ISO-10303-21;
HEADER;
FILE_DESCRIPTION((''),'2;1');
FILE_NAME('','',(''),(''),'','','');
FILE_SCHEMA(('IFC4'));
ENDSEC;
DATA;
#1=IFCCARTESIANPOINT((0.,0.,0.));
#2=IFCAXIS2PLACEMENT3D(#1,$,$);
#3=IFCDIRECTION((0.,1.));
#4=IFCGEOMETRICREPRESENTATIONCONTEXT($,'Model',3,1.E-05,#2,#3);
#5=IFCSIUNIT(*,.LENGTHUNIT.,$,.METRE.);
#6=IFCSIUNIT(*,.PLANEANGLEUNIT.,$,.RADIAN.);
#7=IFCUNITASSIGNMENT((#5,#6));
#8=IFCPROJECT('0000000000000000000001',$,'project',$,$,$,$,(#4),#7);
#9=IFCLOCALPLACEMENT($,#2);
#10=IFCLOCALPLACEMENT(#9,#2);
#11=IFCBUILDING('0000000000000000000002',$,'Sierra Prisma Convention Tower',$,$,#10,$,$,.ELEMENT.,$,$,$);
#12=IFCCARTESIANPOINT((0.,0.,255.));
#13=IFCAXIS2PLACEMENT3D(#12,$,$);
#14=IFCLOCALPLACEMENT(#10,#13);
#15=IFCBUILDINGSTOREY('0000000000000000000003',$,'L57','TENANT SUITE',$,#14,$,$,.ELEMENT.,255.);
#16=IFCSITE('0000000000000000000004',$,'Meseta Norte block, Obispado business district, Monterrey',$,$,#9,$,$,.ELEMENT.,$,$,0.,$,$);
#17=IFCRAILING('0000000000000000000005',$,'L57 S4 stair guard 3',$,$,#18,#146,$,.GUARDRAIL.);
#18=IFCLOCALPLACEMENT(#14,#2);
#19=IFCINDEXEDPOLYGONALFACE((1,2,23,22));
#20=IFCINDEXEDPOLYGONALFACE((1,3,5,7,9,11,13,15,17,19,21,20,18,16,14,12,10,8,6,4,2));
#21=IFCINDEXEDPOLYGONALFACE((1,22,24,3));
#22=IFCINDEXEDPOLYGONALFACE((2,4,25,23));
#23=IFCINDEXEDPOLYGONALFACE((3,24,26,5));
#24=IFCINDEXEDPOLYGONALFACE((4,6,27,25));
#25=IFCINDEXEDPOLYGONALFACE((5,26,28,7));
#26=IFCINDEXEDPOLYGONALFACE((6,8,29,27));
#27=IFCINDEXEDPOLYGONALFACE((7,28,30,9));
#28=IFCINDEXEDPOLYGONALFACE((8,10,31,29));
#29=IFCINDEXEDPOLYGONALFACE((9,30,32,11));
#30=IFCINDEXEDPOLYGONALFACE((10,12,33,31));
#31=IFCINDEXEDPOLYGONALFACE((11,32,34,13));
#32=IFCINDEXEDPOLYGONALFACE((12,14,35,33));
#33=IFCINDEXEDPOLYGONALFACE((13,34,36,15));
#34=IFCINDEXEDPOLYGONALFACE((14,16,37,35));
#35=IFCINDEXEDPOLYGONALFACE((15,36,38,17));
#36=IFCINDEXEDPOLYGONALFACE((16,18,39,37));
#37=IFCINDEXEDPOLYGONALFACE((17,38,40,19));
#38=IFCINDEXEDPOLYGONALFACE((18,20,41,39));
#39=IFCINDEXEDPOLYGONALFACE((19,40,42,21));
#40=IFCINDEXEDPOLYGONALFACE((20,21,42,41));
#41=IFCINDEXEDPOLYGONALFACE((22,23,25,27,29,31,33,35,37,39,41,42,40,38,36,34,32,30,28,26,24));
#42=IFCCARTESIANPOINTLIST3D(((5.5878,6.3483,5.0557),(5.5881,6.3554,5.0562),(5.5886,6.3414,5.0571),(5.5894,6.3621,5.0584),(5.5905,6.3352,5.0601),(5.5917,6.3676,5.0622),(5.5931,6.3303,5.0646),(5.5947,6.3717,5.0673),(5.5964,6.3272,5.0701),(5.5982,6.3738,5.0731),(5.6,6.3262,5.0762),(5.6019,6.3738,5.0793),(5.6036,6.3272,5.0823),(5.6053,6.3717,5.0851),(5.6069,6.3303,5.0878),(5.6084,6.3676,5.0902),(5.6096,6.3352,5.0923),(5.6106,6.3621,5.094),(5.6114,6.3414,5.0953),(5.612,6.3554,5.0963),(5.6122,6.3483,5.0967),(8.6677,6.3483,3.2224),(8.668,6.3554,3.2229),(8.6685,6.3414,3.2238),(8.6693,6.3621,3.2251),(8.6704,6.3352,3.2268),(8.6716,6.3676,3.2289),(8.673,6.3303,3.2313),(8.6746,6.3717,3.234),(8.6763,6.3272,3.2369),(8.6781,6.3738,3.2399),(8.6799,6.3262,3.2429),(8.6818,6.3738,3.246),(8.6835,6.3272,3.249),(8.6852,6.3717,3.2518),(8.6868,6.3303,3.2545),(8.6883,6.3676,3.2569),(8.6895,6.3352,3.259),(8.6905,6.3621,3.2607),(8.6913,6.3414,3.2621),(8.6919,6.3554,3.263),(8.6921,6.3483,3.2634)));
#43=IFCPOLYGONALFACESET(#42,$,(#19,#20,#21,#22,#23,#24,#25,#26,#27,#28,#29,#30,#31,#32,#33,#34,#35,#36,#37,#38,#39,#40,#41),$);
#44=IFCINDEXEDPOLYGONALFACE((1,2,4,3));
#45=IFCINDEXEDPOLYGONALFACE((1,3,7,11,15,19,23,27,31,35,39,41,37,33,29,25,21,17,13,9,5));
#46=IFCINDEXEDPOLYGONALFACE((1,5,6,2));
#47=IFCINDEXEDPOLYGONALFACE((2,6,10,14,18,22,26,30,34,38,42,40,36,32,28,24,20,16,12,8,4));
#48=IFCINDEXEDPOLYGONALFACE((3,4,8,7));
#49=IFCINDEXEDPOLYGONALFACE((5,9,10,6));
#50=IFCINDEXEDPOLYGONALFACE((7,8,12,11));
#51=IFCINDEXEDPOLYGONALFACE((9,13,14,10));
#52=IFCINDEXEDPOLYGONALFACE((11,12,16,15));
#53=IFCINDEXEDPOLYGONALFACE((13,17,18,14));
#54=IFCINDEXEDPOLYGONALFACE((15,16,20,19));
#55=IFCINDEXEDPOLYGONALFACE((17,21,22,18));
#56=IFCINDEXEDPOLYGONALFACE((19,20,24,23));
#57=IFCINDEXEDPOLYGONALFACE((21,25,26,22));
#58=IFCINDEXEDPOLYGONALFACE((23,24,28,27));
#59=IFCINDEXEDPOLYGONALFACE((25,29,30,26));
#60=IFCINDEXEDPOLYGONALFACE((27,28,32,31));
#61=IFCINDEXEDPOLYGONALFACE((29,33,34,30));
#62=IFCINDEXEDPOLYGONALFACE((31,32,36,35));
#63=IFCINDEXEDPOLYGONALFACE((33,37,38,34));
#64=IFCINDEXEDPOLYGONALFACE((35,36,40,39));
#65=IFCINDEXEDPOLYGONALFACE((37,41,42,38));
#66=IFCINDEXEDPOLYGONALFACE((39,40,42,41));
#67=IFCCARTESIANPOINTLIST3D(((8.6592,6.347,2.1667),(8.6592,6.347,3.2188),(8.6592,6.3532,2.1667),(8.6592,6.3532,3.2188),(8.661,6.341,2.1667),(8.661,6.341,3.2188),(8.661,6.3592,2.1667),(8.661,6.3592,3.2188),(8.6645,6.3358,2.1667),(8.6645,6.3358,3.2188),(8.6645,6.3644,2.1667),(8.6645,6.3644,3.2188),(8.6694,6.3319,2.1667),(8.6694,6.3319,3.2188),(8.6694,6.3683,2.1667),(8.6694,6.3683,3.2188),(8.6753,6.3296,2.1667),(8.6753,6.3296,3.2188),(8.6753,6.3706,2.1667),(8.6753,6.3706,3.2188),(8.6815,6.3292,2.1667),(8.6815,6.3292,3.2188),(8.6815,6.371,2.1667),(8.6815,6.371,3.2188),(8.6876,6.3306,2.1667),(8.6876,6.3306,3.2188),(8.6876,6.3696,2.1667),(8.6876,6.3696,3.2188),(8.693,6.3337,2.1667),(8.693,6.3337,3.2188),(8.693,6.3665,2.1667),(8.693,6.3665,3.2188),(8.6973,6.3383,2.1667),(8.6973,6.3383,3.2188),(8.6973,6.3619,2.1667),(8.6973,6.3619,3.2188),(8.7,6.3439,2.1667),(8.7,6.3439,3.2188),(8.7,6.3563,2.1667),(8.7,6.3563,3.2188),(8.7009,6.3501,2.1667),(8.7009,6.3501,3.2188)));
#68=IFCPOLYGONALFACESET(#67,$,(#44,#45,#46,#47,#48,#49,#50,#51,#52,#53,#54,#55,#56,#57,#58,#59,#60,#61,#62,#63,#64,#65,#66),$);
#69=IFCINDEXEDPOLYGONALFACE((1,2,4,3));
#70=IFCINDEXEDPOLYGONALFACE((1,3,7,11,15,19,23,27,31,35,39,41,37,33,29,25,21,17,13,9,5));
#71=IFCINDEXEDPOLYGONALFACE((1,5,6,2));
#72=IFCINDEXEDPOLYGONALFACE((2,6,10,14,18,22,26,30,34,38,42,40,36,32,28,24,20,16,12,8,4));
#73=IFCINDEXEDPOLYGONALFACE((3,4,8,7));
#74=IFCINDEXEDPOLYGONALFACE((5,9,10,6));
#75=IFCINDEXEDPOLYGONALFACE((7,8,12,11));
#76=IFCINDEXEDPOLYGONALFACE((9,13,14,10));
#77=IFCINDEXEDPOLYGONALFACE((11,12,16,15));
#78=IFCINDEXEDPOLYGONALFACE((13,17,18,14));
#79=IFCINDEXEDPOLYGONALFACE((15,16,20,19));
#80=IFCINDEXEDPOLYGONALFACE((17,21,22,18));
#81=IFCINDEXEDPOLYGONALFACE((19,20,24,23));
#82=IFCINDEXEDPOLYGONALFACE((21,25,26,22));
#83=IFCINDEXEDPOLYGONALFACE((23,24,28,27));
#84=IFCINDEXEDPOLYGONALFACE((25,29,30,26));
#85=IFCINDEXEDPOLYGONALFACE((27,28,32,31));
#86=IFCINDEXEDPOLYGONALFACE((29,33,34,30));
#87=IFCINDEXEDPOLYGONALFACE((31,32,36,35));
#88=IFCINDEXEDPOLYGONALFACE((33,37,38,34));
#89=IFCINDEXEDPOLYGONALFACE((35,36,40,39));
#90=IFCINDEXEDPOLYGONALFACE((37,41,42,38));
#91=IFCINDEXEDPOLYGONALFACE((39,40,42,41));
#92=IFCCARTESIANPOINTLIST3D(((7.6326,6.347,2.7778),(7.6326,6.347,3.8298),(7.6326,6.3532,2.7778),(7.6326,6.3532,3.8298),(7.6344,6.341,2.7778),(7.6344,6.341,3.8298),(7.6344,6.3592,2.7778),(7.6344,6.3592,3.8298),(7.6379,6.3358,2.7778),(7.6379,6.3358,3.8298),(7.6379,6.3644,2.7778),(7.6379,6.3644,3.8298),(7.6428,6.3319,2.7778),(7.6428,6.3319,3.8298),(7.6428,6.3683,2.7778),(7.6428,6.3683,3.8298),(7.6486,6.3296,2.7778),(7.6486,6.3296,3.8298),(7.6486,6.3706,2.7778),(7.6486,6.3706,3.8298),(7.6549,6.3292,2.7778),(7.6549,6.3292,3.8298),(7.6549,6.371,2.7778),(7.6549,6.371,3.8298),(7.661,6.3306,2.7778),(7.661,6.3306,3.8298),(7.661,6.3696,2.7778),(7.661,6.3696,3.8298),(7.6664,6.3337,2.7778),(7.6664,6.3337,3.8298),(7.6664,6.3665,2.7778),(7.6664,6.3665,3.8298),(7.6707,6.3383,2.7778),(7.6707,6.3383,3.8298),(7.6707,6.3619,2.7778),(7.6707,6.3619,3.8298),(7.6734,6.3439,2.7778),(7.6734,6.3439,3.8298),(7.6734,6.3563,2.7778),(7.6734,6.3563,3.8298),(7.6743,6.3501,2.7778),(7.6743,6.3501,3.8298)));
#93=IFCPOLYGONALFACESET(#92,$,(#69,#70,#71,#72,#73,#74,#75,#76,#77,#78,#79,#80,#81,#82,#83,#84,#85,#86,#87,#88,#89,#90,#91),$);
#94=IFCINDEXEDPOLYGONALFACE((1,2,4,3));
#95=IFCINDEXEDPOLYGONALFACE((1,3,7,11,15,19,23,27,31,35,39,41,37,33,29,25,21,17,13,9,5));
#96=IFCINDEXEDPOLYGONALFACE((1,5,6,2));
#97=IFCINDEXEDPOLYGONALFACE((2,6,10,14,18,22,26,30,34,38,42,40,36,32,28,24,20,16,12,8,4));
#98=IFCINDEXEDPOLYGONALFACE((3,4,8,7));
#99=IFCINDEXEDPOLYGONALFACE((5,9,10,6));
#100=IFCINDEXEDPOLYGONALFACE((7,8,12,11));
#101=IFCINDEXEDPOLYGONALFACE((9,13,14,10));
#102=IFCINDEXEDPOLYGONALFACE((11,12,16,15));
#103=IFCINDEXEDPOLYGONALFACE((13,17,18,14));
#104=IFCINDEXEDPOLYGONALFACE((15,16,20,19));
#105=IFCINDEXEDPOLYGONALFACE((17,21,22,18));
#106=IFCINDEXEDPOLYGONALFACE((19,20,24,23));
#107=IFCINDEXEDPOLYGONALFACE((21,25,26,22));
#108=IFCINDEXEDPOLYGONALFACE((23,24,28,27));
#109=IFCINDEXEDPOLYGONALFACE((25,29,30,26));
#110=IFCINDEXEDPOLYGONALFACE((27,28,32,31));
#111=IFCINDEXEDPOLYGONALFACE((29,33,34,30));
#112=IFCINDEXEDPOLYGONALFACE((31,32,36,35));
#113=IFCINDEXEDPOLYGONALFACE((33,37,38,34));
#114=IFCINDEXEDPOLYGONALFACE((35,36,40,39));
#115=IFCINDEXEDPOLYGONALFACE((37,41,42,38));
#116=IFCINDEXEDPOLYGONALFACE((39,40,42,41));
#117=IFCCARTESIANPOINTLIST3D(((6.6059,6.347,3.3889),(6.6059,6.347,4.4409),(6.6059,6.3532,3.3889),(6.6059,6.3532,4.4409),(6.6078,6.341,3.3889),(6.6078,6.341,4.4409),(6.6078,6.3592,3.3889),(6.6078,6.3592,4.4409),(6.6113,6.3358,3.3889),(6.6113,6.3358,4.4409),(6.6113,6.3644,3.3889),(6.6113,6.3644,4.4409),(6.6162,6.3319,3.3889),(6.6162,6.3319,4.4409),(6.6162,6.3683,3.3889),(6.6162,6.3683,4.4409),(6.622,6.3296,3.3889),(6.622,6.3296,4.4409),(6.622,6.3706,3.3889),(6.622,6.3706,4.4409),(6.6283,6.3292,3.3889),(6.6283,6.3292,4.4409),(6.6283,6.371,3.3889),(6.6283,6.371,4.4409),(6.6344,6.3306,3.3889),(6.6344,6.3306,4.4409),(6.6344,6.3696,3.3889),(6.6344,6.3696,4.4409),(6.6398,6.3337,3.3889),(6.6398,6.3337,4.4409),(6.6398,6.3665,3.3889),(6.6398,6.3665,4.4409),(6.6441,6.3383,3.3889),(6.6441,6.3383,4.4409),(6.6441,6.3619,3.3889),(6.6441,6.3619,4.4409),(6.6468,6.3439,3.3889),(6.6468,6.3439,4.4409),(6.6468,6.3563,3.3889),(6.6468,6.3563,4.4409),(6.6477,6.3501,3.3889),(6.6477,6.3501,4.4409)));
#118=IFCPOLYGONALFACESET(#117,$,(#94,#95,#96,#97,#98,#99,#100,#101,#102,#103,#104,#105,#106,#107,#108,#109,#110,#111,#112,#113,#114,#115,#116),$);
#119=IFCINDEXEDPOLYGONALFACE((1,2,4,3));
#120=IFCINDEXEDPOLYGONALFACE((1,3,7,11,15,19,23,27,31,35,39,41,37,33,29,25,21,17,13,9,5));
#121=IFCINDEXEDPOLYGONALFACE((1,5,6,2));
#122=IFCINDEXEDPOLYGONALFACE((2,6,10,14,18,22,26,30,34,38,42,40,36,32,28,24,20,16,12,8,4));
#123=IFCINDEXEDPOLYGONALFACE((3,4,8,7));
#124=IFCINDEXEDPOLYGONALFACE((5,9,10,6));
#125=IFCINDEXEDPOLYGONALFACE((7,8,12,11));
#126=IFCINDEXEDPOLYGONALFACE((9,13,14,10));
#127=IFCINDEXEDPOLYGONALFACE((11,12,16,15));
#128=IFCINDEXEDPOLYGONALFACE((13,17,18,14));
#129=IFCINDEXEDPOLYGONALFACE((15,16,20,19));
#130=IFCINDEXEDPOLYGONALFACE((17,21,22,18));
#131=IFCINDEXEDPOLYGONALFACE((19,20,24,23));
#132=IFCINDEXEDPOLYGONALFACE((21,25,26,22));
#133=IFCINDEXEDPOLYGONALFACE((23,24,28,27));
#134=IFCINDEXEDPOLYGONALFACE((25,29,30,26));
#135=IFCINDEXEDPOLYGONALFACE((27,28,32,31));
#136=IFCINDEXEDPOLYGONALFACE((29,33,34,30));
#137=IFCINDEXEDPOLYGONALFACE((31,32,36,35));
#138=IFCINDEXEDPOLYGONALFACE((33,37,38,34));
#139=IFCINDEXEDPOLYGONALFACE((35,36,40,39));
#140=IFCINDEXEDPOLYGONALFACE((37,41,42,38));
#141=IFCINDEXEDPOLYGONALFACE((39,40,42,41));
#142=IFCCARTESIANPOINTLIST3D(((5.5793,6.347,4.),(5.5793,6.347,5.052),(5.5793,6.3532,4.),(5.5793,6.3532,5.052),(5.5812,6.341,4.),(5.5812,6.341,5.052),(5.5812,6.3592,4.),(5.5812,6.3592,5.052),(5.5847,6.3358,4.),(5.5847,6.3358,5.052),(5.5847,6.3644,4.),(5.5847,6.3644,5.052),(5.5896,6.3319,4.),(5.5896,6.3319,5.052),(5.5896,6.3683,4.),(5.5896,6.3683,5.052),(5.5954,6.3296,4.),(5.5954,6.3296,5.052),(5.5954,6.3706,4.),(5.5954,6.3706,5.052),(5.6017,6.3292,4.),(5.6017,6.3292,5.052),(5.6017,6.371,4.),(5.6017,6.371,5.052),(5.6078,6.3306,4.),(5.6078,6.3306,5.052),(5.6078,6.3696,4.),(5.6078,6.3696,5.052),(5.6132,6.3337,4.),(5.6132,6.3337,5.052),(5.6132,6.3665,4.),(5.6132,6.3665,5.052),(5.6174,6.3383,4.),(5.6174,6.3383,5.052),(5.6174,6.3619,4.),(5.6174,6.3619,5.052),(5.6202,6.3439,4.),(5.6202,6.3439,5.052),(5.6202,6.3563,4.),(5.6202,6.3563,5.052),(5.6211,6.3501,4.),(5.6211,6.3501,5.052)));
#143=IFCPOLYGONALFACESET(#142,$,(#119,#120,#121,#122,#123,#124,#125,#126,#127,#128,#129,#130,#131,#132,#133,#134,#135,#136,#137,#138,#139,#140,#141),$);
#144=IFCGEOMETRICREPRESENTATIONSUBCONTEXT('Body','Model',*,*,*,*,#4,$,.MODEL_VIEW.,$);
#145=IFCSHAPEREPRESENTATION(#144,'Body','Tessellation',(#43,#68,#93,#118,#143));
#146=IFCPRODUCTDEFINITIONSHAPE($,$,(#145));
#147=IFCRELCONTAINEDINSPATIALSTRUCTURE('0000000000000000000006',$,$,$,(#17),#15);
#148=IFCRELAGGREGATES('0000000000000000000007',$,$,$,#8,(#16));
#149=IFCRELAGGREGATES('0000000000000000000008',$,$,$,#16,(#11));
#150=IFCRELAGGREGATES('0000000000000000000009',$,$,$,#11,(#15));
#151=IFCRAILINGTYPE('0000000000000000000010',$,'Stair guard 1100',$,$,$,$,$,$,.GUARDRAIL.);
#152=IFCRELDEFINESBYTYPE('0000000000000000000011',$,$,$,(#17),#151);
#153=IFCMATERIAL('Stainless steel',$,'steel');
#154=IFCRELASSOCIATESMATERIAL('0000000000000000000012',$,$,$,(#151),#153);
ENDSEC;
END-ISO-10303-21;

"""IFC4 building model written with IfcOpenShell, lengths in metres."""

from ifc_helpers import new_model, si_unit, direction, frame, origin, origin_2d, place, context, subcontext, project, spatial, circle, extrude, material, type_object, element, save


model = new_model("IFC4")

# Units and contexts
model_context = context("Model", 3, precision=1e-05, world=origin(), true_north=direction((0.0, 1.0)))
body_context = subcontext(model_context, "Body", "Model", "MODEL_VIEW")
ifc_project = project(units=[si_unit("LENGTHUNIT", "METRE"), si_unit("PLANEANGLEUNIT", "RADIAN")], contexts=[model_context])

# Site, building, storey
site_placement = place(None, origin())
site = spatial("IfcSite", under=ifc_project, at=site_placement, Name="Meseta Norte block, Obispado business district, Monterrey", CompositionType="ELEMENT", RefElevation=0.0)
building_placement = place(site_placement, origin())
building = spatial("IfcBuilding", under=site, at=building_placement, Name="Sierra Prisma Convention Tower", CompositionType="ELEMENT")
storey_placement = place(building_placement, frame((0.0, 0.0, 255.0)))
storey = spatial("IfcBuildingStorey", under=building, at=storey_placement, Name="L57", Description="TENANT SUITE", CompositionType="ELEMENT", Elevation=255.0)

# Railing
ifc_material_1 = material(Name="Stainless steel", Category="steel")
railing_type_1 = type_object("IfcRailingType", Name="Stair guard 1100", PredefinedType="GUARDRAIL", material=ifc_material_1)
railing_1_placement = place(storey_placement, frame((8.6799, 6.3501, 2.1667)))
element("IfcRailing", 1, at=railing_1_placement, inside=storey, type_object=railing_type_1, Name="L57 S4 stair guard 3", PredefinedType="GUARDRAIL", context=body_context, shape_type="SweptSolid", body=[
    extrude(circle(Radius=0.0239, at=origin_2d()), frame((0.0, 0.0, 1.0762), z_axis=(-0.859291, 0.0, 0.511487), x_axis=(0.0, -1.0, 0.0)), (0.0, 0.0, 1.0), 3.5842),
    extrude(circle(Radius=0.021, at=origin_2d()), origin(), (0.0, 0.0, 1.0), 1.052),
    extrude(circle(Radius=0.021, at=origin_2d()), frame((-1.0266, 0.0, 0.6111)), (0.0, 0.0, 1.0), 1.052),
    extrude(circle(Radius=0.021, at=origin_2d()), frame((-2.0532, 0.0, 1.2222)), (0.0, 0.0, 1.0), 1.052),
    extrude(circle(Radius=0.021, at=origin_2d()), frame((-3.0798, 0.0, 1.8333)), (0.0, 0.0, 1.0), 1.052),
])

save(model, "model.ifc")
